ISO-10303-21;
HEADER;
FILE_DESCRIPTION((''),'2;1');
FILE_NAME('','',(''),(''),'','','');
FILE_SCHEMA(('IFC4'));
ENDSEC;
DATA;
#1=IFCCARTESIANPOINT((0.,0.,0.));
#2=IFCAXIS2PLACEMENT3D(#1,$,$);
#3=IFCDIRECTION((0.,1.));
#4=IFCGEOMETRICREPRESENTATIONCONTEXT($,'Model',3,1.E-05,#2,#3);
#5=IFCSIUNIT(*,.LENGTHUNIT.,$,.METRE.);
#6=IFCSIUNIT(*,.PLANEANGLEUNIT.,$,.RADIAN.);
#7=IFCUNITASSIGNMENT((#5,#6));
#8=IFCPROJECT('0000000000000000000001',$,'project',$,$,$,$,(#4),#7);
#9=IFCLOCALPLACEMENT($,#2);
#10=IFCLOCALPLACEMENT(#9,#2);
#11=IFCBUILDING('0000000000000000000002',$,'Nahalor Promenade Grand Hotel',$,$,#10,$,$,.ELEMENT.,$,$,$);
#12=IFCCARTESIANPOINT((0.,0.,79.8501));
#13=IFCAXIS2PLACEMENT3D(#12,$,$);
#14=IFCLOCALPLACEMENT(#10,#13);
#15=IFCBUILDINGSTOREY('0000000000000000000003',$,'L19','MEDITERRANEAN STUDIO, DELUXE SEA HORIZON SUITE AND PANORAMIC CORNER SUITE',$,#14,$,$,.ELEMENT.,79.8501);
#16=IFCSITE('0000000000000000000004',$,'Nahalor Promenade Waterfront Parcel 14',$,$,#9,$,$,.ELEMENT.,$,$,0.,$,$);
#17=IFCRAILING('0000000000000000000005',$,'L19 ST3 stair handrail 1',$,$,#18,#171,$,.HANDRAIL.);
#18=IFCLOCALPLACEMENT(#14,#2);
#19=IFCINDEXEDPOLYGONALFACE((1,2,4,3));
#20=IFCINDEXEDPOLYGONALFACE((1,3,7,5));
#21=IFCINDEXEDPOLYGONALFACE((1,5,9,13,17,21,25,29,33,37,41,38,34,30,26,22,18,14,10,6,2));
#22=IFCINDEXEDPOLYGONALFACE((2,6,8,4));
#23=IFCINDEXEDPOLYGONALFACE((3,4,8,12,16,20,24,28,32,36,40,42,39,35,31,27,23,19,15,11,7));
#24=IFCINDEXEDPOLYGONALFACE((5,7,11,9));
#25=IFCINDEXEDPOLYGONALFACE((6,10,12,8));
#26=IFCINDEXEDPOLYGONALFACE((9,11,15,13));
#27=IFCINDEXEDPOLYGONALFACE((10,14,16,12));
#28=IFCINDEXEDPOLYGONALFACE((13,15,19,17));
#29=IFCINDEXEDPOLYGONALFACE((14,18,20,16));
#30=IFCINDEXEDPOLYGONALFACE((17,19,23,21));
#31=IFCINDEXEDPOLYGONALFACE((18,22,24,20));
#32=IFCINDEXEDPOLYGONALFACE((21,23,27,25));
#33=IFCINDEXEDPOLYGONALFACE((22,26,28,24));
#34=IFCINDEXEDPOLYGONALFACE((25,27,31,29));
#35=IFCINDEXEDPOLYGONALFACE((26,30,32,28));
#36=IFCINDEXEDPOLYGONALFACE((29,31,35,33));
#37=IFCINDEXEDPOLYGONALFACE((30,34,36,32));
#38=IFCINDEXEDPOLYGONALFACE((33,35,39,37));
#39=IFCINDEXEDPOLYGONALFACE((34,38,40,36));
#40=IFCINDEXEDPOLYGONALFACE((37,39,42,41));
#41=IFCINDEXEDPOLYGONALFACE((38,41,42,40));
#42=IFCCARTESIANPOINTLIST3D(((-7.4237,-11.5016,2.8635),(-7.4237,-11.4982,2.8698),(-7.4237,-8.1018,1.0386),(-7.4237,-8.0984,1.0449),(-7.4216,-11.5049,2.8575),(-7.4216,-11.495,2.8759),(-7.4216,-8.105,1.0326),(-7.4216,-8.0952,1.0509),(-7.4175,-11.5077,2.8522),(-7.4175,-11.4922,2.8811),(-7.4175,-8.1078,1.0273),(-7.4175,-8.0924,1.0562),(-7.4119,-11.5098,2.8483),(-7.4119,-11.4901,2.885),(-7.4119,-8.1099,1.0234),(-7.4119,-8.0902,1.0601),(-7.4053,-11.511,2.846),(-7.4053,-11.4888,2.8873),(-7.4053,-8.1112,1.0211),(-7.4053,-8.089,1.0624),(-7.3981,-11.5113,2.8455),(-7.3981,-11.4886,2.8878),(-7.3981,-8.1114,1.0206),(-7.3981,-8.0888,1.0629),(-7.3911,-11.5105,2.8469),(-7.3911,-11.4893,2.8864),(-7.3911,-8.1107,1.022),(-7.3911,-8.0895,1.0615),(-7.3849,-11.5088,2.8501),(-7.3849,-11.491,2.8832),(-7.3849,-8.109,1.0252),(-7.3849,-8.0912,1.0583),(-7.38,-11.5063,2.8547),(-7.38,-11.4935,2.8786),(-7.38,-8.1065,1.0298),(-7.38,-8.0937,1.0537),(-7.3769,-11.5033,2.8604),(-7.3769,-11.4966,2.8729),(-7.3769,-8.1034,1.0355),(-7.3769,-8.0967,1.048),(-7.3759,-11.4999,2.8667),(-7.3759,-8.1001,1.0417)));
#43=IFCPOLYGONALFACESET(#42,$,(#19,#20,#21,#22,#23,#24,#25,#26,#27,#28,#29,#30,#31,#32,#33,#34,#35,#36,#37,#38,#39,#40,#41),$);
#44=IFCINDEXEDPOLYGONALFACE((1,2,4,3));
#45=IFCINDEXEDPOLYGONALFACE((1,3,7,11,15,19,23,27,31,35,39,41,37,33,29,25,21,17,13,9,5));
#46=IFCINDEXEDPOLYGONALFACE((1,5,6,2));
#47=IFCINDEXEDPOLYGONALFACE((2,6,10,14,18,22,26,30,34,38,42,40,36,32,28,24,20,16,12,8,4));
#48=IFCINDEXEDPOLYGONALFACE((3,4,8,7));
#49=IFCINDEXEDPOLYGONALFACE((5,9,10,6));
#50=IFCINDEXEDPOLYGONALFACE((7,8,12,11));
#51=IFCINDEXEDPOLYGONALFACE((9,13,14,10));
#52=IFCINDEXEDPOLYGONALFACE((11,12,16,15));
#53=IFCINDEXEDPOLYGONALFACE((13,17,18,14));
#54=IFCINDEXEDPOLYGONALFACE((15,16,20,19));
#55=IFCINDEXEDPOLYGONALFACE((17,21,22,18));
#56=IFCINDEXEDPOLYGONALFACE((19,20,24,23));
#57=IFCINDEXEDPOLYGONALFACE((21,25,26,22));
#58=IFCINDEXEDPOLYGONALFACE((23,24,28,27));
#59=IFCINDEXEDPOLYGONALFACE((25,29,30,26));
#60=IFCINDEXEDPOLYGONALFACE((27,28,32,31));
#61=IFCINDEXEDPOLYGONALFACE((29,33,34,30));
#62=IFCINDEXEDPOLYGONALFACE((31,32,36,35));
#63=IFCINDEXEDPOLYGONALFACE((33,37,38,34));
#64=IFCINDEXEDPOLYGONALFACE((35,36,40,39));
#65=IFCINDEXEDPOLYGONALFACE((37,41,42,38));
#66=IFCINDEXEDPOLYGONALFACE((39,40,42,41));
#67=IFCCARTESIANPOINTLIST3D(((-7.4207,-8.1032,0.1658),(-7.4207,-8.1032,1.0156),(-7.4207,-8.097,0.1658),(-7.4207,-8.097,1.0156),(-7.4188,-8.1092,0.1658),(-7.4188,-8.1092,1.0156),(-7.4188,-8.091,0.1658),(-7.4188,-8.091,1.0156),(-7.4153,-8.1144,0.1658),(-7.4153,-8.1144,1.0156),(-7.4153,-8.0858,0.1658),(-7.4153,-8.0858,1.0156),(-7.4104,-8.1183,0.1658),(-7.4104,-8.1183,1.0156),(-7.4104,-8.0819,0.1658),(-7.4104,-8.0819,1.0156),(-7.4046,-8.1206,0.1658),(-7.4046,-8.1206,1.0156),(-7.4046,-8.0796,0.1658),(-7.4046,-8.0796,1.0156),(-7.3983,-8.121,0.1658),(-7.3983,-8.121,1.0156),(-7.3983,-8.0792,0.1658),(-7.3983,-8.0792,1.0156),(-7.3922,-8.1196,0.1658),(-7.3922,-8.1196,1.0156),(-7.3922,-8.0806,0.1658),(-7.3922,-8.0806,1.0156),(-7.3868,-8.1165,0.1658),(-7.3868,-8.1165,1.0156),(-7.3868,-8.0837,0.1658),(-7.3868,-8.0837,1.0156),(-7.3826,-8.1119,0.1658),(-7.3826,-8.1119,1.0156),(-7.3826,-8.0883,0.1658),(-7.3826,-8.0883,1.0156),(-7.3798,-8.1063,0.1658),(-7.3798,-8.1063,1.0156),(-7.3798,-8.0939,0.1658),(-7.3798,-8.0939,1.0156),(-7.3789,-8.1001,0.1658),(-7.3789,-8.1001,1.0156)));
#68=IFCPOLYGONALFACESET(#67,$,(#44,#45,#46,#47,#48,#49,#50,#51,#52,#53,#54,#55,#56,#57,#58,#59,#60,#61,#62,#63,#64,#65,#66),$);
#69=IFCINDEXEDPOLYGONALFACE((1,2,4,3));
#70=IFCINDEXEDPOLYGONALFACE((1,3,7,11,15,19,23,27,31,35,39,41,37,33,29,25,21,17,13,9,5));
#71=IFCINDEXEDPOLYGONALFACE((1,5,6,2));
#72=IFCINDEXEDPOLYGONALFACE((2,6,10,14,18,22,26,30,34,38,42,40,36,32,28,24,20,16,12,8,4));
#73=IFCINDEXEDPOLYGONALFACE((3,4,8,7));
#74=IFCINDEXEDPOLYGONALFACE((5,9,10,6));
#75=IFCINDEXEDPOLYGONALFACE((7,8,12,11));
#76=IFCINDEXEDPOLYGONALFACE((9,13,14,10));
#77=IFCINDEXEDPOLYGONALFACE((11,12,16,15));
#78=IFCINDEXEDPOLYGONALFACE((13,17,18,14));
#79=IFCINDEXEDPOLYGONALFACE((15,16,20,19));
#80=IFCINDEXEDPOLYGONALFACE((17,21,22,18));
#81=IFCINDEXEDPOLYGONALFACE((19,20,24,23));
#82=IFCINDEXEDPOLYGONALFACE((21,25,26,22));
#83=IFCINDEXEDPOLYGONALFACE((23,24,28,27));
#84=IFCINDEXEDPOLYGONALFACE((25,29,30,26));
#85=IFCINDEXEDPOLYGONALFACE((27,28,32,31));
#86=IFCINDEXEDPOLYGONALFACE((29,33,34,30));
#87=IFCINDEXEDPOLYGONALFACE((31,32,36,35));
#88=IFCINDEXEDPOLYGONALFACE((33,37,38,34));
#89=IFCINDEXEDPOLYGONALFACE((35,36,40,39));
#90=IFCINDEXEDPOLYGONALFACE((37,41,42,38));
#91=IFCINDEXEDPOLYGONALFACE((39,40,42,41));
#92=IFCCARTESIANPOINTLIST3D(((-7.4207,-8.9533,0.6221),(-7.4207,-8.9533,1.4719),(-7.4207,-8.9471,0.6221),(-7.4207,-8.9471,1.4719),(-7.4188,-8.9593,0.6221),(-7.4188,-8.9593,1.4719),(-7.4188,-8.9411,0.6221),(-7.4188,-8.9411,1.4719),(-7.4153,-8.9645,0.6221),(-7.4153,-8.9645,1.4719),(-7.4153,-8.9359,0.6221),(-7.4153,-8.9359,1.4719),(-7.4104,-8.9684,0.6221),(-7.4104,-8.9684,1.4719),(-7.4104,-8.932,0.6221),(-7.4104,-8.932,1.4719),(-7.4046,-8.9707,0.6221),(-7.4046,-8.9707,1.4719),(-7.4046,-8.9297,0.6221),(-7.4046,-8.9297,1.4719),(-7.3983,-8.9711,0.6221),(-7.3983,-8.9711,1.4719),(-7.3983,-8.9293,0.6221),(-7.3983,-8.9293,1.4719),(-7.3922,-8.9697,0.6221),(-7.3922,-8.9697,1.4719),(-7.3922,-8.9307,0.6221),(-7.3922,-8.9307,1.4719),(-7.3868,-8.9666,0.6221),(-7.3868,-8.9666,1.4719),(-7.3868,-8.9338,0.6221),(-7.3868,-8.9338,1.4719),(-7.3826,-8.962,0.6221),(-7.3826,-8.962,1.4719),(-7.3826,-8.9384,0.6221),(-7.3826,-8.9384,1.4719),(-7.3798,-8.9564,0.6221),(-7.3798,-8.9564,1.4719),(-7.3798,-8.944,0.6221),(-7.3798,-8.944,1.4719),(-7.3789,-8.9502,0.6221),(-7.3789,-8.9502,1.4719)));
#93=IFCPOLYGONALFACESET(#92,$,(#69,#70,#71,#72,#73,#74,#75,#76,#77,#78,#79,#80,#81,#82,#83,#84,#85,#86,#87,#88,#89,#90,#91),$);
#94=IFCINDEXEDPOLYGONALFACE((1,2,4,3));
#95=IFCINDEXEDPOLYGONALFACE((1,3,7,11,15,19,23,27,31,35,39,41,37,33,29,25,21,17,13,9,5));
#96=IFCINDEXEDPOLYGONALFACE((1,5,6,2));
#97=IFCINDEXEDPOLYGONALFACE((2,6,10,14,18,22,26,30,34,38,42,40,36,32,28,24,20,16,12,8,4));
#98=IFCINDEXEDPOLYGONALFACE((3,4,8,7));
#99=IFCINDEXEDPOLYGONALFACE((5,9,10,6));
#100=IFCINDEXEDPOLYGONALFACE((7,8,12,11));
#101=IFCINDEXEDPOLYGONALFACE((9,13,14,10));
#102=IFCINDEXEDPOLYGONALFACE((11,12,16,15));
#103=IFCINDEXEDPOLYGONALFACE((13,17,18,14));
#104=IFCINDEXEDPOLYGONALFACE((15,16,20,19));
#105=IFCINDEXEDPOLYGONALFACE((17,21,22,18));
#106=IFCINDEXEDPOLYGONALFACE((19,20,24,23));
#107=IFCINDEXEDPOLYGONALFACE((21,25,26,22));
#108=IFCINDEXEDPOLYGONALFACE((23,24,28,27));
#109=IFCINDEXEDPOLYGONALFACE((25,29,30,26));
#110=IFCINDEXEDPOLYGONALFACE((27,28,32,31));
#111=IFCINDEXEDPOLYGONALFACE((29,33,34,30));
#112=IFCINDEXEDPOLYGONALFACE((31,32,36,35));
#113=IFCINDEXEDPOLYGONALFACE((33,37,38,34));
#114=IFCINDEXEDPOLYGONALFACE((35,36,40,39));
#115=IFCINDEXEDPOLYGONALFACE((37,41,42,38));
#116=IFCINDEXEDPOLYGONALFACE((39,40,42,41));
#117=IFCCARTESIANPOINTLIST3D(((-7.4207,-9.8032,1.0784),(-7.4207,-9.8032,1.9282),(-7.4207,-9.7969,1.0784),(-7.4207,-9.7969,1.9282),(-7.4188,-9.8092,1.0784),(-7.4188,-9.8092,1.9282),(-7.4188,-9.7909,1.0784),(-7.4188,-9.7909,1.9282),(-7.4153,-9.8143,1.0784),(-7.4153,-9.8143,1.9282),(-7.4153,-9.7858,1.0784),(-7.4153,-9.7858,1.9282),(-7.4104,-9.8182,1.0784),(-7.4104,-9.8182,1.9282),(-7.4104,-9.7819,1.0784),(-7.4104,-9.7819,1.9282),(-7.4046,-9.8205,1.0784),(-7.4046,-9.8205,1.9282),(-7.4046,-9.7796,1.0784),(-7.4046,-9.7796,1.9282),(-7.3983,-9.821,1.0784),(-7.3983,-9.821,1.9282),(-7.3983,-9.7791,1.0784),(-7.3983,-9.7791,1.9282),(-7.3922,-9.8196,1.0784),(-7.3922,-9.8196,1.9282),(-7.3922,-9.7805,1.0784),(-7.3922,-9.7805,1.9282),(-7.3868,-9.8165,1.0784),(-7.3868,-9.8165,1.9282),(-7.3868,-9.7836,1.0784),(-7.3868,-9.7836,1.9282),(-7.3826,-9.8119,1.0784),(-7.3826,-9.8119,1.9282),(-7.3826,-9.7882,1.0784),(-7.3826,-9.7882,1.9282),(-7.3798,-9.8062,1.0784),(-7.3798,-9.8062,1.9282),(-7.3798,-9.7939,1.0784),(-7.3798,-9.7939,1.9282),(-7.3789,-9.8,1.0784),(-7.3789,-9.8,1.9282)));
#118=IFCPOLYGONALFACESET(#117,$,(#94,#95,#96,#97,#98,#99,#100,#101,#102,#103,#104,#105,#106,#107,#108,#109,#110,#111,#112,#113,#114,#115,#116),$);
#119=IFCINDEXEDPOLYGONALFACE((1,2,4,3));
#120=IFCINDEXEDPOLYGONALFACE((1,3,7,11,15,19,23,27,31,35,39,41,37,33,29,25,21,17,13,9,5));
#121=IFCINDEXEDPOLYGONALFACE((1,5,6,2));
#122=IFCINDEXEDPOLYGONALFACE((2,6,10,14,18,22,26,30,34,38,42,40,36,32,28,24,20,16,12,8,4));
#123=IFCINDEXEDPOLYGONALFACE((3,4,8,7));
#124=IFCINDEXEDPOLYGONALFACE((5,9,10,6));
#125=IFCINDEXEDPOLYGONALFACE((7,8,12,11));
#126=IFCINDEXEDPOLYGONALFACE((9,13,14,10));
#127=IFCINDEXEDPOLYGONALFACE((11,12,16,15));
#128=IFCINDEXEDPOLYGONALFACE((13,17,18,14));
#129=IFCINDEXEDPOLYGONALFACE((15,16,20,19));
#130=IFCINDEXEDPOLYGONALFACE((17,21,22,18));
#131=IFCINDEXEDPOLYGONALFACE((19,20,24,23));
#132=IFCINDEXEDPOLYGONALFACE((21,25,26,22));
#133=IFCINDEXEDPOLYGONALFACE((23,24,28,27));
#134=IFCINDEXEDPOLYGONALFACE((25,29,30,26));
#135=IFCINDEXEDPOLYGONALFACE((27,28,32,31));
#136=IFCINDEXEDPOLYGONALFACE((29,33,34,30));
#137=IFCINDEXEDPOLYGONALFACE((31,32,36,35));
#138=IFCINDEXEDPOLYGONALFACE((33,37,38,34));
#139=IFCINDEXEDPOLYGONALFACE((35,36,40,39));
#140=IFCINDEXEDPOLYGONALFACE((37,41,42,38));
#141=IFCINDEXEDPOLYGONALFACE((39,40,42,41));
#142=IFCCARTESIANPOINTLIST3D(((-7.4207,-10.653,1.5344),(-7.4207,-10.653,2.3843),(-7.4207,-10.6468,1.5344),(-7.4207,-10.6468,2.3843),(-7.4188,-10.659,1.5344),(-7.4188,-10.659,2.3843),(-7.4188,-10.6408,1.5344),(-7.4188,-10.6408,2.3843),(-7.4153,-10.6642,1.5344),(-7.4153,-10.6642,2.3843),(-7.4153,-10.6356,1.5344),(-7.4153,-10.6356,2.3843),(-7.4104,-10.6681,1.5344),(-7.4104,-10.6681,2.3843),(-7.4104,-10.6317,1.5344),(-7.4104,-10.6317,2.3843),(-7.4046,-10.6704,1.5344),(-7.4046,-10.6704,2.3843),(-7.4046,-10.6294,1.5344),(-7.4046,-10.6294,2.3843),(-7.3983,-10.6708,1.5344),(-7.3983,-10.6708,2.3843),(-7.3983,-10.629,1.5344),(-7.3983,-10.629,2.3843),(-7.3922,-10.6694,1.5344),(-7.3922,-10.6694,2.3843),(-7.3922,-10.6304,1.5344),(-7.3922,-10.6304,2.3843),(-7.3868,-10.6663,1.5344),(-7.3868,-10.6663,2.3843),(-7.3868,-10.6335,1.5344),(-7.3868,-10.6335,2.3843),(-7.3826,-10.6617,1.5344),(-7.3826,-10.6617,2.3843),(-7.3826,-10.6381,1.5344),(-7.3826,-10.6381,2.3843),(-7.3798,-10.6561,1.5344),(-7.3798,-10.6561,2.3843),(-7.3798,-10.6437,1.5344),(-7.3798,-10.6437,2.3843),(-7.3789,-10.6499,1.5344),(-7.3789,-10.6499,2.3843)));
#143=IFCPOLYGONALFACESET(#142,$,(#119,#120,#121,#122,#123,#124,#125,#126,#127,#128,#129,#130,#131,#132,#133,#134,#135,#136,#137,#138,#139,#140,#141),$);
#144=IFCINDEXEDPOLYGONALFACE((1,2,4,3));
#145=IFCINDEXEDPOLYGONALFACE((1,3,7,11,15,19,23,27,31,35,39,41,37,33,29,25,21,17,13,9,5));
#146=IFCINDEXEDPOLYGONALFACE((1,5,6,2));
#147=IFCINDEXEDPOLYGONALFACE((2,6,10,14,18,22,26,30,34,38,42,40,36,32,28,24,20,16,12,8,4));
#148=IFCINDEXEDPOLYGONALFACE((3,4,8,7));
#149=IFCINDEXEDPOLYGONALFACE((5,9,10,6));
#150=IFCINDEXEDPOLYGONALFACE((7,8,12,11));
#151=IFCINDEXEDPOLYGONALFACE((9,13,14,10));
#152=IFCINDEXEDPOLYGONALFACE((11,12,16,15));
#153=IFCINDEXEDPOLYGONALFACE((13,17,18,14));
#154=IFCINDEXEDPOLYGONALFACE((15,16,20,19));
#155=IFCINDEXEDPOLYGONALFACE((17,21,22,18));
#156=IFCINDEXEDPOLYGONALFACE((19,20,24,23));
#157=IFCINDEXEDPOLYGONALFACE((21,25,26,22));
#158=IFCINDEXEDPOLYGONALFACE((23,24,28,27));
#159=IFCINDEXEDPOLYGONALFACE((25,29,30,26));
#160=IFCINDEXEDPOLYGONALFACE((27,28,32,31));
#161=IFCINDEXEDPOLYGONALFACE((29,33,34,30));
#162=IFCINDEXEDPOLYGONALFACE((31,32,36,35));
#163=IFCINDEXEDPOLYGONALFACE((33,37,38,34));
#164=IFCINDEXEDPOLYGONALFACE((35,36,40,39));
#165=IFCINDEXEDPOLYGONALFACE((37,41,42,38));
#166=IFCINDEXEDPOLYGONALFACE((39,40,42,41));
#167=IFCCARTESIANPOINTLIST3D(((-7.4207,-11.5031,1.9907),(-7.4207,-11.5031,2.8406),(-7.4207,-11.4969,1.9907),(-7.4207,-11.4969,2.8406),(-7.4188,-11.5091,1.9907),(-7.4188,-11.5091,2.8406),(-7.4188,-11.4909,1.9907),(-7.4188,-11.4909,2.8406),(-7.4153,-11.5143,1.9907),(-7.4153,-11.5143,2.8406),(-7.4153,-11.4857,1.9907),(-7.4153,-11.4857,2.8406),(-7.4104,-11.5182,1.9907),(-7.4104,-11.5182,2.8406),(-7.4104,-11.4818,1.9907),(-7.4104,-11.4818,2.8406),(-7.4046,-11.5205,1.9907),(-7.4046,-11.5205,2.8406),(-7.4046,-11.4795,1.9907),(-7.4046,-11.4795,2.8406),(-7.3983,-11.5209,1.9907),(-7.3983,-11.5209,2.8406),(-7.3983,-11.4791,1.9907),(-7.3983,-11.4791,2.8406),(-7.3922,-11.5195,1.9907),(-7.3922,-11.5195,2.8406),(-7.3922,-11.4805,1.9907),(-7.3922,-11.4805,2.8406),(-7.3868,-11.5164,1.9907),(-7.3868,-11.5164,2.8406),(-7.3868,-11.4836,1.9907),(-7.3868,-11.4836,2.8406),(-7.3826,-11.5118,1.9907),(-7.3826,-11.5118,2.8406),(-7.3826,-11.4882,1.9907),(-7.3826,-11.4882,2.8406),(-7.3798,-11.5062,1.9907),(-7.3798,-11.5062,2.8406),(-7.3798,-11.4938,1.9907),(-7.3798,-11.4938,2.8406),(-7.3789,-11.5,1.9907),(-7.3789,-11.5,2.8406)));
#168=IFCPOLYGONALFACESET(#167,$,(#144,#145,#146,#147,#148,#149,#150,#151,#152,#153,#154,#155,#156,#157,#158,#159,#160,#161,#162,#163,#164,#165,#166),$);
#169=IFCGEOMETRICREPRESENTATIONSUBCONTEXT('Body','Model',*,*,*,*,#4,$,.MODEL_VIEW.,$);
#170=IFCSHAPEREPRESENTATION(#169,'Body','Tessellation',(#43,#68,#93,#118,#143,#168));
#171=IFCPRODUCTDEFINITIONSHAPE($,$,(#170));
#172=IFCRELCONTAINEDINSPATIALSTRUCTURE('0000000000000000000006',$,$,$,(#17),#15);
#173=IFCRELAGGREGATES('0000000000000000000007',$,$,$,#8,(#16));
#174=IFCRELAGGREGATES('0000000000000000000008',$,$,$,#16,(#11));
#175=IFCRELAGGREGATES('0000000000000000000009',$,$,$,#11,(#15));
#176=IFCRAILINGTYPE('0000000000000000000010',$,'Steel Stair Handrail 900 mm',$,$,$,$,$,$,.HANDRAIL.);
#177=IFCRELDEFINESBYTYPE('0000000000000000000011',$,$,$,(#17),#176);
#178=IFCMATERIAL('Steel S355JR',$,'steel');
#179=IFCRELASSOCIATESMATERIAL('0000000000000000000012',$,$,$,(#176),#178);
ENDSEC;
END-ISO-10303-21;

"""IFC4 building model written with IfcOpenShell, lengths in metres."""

from ifc_helpers import new_model, si_unit, direction, frame, origin, origin_2d, place, context, subcontext, project, spatial, circle, extrude, material, type_object, element, save


model = new_model("IFC4")

# Units and contexts
model_context = context("Model", 3, precision=1e-05, world=origin(), true_north=direction((0.0, 1.0)))
body_context = subcontext(model_context, "Body", "Model", "MODEL_VIEW")
ifc_project = project(units=[si_unit("LENGTHUNIT", "METRE"), si_unit("PLANEANGLEUNIT", "RADIAN")], contexts=[model_context])

# Site, building, storey
site_placement = place(None, origin())
site = spatial("IfcSite", under=ifc_project, at=site_placement, Name="Nahalor Promenade Waterfront Parcel 14", CompositionType="ELEMENT", RefElevation=0.0)
building_placement = place(site_placement, origin())
building = spatial("IfcBuilding", under=site, at=building_placement, Name="Nahalor Promenade Grand Hotel", CompositionType="ELEMENT")
storey_placement = place(building_placement, frame((0.0, 0.0, 79.8501)))
storey = spatial("IfcBuildingStorey", under=building, at=storey_placement, Name="L19", Description="MEDITERRANEAN STUDIO, DELUXE SEA HORIZON SUITE AND PANORAMIC CORNER SUITE", CompositionType="ELEMENT", Elevation=79.8501)

# Shared definitions
ifc_material_1 = material(Name="Steel S355JR", Category="steel")

# Railing
railing_type_1 = type_object("IfcRailingType", Name="Steel Stair Handrail 900 mm", PredefinedType="HANDRAIL", material=ifc_material_1)
railing_1_placement = place(storey_placement, frame((-7.3999, -8.1001, 0.1658)))
element("IfcRailing", 1, at=railing_1_placement, inside=storey, type_object=railing_type_1, Name="L19 ST3 stair handrail 1", PredefinedType="HANDRAIL", context=body_context, shape_type="SweptSolid", body=[
    extrude(circle(Radius=0.024, at=origin_2d()), frame((0.0, 0.0, 0.876), z_axis=(0.0, -0.881094, 0.472941), x_axis=(1.0, 0.0, 0.0)), (0.0, 0.0, 1.0), 3.8586),
    extrude(circle(Radius=0.021, at=origin_2d()), origin(), (0.0, 0.0, 1.0), 0.8499),
    extrude(circle(Radius=0.021, at=origin_2d()), frame((0.0, -0.8501, 0.4563)), (0.0, 0.0, 1.0), 0.8499),
    extrude(circle(Radius=0.021, at=origin_2d()), frame((0.0, -1.7, 0.9126)), (0.0, 0.0, 1.0), 0.8499),
    extrude(circle(Radius=0.021, at=origin_2d()), frame((0.0, -2.5498, 1.3687)), (0.0, 0.0, 1.0), 0.8499),
    extrude(circle(Radius=0.021, at=origin_2d()), frame((0.0, -3.3999, 1.825)), (0.0, 0.0, 1.0), 0.8499),
])

save(model, "model.ifc")
